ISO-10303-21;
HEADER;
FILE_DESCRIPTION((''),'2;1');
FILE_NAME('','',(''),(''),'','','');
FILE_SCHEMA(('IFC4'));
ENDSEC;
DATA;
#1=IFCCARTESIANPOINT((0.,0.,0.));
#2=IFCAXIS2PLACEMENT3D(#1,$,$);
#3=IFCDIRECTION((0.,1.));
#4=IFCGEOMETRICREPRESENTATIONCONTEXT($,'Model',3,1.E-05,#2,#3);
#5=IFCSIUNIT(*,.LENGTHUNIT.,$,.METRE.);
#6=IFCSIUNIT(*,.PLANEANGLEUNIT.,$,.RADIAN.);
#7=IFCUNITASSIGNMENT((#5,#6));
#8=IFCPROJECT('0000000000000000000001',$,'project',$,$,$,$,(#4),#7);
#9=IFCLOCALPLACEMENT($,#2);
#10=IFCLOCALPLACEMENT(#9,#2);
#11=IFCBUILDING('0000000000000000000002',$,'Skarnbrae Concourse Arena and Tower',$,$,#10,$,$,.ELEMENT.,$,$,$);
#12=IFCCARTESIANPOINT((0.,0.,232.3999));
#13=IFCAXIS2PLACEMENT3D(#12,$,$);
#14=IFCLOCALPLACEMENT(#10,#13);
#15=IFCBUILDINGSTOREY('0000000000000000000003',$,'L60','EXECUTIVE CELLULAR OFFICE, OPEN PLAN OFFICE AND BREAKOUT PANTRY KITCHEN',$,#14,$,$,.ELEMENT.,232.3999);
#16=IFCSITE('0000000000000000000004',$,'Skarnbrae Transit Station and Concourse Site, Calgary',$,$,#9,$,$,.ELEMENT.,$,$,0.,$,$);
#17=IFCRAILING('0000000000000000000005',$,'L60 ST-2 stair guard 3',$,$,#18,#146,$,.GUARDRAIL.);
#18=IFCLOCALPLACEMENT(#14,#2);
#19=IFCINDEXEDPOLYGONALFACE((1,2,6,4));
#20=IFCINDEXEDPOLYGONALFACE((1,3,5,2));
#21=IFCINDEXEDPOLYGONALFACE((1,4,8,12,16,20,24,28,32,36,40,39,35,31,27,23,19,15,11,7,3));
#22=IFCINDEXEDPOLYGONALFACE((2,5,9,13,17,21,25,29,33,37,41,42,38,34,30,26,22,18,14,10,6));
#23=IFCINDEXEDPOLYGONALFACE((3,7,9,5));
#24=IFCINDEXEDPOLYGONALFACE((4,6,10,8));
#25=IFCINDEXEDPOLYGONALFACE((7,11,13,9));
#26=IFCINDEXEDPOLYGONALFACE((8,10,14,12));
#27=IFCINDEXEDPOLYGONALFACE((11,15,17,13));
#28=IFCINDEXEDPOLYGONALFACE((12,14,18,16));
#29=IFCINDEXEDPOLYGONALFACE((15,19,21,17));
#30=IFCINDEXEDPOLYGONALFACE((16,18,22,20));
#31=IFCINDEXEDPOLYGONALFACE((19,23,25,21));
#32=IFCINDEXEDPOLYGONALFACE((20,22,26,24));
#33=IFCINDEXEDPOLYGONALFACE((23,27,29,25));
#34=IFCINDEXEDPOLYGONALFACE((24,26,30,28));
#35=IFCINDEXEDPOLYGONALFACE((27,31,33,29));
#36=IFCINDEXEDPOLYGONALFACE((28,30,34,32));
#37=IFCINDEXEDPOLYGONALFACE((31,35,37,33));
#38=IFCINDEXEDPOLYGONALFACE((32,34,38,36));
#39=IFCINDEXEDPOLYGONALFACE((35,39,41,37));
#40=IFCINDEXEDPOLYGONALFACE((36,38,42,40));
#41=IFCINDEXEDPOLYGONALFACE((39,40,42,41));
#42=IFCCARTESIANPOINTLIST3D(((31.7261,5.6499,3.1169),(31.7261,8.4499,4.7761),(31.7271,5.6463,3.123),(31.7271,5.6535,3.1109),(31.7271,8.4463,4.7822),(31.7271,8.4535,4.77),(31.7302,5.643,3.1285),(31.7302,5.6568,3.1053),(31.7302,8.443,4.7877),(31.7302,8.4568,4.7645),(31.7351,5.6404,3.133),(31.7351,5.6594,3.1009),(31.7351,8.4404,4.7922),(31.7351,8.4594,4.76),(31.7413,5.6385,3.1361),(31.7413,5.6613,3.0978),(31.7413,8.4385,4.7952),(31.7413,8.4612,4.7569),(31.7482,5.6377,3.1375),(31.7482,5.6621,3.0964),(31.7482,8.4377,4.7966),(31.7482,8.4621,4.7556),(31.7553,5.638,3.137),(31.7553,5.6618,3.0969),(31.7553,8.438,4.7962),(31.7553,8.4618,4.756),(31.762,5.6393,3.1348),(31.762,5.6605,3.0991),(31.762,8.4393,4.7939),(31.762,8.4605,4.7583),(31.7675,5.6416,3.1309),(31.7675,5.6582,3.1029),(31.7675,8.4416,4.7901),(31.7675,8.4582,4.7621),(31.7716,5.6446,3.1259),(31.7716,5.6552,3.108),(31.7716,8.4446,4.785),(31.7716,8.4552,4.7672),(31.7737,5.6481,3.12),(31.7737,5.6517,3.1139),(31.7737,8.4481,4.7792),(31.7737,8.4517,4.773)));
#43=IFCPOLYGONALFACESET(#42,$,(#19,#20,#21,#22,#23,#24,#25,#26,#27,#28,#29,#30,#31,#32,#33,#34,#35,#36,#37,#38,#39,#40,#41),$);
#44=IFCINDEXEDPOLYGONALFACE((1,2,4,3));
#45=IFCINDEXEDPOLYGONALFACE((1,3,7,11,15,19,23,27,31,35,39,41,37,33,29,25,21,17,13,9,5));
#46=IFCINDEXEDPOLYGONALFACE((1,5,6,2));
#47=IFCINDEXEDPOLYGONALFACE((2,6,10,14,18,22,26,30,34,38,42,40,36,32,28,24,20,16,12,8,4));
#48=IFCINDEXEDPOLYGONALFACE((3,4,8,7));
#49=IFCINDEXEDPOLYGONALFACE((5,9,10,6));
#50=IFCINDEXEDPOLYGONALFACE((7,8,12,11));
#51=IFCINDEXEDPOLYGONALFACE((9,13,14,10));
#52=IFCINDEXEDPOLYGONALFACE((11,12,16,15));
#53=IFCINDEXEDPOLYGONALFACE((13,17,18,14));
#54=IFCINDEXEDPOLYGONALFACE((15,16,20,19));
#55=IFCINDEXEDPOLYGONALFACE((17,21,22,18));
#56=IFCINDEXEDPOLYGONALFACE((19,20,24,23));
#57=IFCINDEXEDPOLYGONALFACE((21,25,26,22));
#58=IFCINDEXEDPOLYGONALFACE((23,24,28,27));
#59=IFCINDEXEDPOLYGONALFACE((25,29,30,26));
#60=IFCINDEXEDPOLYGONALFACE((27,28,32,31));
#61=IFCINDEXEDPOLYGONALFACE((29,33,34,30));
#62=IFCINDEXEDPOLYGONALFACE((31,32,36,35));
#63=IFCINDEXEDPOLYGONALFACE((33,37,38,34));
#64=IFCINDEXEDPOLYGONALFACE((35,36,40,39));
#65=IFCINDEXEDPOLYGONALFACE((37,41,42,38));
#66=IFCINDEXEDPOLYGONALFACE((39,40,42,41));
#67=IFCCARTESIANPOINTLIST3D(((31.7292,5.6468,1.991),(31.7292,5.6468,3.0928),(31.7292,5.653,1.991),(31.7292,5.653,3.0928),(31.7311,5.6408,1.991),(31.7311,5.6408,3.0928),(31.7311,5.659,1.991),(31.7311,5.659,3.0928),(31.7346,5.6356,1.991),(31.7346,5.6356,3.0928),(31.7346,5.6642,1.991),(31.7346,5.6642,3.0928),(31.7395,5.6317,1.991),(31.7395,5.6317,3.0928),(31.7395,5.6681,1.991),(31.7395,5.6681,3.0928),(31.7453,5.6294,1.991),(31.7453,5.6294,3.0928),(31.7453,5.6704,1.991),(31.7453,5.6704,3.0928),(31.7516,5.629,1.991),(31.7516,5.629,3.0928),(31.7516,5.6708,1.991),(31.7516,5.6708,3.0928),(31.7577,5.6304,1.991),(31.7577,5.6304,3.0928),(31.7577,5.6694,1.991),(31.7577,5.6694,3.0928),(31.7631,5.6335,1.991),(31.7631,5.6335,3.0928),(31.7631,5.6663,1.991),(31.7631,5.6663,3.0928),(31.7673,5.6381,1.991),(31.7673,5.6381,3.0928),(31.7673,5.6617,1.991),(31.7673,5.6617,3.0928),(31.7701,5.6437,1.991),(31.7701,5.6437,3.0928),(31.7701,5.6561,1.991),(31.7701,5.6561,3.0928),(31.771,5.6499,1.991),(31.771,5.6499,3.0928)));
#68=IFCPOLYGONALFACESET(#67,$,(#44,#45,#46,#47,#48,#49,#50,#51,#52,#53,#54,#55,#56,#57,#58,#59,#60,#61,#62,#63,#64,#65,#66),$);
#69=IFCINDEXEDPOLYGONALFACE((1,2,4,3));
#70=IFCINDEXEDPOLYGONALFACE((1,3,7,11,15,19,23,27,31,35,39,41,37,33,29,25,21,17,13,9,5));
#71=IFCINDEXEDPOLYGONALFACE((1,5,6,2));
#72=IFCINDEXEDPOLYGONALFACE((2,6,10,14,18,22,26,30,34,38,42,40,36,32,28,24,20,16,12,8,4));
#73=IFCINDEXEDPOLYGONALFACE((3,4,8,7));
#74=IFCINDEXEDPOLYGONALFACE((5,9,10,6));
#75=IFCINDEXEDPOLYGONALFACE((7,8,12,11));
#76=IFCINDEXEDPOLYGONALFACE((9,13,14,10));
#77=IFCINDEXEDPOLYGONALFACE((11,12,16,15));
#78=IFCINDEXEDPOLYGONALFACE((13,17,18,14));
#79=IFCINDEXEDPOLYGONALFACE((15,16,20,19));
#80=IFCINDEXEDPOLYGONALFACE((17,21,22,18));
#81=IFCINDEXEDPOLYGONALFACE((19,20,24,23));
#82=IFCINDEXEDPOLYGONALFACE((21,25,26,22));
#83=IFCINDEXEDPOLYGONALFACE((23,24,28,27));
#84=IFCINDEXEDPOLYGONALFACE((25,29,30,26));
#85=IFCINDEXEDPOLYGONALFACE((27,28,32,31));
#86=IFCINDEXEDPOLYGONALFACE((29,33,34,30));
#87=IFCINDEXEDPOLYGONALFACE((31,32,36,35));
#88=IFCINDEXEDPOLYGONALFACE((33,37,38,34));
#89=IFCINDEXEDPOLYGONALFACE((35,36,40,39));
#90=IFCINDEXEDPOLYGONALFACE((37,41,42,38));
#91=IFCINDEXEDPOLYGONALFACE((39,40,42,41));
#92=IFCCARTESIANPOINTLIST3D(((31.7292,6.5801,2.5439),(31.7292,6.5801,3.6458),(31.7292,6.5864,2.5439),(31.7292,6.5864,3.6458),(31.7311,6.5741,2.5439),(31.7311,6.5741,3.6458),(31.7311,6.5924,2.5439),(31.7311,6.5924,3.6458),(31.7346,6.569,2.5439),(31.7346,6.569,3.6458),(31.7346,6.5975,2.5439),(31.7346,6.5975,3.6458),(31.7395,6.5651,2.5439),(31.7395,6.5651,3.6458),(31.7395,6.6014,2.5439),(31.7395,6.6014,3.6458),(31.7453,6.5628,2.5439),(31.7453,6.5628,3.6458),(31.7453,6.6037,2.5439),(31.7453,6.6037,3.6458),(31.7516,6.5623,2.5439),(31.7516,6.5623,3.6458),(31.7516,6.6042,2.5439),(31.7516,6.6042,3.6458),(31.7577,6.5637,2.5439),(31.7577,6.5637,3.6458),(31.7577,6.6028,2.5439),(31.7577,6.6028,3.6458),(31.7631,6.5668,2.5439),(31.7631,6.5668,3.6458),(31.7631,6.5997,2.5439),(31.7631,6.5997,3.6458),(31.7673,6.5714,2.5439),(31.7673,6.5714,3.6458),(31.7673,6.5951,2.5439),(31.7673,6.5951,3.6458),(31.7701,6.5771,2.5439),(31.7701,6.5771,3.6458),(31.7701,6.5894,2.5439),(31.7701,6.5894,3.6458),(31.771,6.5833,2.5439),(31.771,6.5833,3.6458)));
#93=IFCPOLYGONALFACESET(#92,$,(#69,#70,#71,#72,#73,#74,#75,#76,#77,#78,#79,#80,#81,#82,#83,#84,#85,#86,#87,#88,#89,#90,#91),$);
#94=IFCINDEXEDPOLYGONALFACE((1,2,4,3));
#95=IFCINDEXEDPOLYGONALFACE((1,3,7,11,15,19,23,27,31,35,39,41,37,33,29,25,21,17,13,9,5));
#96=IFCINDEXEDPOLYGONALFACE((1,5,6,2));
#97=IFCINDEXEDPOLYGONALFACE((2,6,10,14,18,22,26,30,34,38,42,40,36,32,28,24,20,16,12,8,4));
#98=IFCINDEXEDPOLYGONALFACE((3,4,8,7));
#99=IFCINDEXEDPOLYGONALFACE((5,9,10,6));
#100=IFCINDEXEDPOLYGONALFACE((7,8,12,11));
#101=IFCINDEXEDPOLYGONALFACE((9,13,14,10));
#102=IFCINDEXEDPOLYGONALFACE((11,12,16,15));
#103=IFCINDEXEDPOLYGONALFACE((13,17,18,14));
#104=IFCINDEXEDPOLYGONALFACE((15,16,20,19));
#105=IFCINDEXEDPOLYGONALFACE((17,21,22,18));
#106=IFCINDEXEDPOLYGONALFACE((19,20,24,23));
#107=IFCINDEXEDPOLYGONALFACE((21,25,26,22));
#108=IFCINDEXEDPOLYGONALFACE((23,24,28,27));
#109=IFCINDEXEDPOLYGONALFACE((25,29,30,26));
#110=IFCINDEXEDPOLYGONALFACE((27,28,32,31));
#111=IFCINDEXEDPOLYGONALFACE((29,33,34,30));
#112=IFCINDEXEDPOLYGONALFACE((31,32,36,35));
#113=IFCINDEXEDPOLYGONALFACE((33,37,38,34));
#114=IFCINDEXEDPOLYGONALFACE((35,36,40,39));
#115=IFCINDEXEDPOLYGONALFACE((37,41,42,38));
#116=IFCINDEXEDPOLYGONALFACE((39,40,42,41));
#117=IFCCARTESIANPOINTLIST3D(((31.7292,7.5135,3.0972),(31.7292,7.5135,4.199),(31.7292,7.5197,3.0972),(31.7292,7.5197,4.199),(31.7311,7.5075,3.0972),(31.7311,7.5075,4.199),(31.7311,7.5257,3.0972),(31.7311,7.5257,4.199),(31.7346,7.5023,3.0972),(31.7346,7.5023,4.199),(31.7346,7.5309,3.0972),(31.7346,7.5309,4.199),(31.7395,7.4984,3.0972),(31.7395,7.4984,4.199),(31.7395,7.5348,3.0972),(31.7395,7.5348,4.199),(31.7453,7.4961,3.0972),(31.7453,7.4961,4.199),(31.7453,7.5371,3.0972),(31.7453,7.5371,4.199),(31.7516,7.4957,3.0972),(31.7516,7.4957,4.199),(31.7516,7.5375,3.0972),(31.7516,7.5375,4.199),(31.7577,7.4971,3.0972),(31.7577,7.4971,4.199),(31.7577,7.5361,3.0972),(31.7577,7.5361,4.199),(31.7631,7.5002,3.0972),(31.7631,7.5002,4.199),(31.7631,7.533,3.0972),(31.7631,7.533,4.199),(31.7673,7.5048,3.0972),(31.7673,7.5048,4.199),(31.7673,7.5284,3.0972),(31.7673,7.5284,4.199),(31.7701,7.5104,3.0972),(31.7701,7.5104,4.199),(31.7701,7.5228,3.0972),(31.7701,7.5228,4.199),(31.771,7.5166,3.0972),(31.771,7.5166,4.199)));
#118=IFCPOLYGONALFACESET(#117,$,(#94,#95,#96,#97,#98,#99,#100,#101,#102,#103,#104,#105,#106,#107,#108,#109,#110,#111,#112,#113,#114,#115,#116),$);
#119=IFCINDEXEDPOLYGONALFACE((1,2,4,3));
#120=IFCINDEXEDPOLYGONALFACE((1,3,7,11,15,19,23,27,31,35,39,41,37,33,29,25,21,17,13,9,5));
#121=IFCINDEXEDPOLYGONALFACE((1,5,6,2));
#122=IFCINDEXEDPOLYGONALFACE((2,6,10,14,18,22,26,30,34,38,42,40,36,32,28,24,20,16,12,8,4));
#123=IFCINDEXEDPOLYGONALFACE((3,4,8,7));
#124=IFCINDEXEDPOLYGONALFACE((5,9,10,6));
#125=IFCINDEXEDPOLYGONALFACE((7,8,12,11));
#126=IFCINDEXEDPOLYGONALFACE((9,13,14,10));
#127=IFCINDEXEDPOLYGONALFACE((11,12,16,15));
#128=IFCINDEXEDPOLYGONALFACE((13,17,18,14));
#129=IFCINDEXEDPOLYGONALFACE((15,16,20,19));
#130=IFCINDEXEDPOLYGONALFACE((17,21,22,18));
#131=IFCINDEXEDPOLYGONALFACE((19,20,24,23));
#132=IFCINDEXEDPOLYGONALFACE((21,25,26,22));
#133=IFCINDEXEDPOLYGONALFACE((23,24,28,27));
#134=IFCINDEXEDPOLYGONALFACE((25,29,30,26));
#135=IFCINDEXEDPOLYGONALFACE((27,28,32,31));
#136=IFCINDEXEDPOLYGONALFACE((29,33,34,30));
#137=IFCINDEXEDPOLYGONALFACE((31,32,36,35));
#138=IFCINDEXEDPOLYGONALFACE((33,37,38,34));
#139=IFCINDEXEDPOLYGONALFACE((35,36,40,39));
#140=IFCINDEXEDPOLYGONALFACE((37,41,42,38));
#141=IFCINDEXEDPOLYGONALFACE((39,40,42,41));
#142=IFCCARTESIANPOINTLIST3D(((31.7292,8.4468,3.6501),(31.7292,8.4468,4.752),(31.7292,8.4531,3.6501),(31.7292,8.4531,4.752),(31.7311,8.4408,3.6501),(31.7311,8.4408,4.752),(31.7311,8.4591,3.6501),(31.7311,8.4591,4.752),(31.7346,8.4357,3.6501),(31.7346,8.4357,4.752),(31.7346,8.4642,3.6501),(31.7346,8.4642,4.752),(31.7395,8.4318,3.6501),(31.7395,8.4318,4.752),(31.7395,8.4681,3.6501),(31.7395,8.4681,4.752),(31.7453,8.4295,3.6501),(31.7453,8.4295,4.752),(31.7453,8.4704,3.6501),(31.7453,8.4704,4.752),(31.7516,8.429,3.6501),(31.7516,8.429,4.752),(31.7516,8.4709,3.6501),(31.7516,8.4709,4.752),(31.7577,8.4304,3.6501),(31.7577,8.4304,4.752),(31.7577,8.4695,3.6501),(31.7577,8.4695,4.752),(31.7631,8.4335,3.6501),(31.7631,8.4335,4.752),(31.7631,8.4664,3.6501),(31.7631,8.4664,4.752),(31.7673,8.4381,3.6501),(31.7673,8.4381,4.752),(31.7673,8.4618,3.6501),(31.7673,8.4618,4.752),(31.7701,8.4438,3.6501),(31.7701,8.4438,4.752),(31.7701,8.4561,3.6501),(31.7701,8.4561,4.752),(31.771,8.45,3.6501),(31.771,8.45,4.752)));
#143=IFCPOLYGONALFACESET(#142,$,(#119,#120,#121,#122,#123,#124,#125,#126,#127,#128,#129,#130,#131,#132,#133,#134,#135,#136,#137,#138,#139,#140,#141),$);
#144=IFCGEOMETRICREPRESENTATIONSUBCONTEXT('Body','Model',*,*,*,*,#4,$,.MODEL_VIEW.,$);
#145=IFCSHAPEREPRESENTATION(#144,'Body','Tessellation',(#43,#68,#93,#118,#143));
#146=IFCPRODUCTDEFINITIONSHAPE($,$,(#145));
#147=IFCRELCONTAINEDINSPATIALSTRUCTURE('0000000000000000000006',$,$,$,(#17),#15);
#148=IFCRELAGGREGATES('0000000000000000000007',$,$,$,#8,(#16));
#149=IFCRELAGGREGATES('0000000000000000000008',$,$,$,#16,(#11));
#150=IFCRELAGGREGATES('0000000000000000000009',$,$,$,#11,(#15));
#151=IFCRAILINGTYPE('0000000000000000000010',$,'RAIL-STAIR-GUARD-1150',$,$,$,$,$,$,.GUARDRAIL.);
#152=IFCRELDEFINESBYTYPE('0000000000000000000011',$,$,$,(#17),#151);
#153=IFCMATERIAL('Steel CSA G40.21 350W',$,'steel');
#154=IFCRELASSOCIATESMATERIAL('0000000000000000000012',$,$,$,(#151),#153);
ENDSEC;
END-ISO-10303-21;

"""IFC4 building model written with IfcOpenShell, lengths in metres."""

from ifc_helpers import new_model, si_unit, direction, frame, origin, origin_2d, place, context, subcontext, project, spatial, circle, extrude, material, type_object, element, save


model = new_model("IFC4")

# Units and contexts
model_context = context("Model", 3, precision=1e-05, world=origin(), true_north=direction((0.0, 1.0)))
body_context = subcontext(model_context, "Body", "Model", "MODEL_VIEW")
ifc_project = project(units=[si_unit("LENGTHUNIT", "METRE"), si_unit("PLANEANGLEUNIT", "RADIAN")], contexts=[model_context])

# Site, building, storey
site_placement = place(None, origin())
site = spatial("IfcSite", under=ifc_project, at=site_placement, Name="Skarnbrae Transit Station and Concourse Site, Calgary", CompositionType="ELEMENT", RefElevation=0.0)
building_placement = place(site_placement, origin())
building = spatial("IfcBuilding", under=site, at=building_placement, Name="Skarnbrae Concourse Arena and Tower", CompositionType="ELEMENT")
storey_placement = place(building_placement, frame((0.0, 0.0, 232.3999)))
storey = spatial("IfcBuildingStorey", under=building, at=storey_placement, Name="L60", Description="EXECUTIVE CELLULAR OFFICE, OPEN PLAN OFFICE AND BREAKOUT PANTRY KITCHEN", CompositionType="ELEMENT", Elevation=232.3999)

# Shared definitions
ifc_material_1 = material(Name="Steel CSA G40.21 350W", Category="steel")

# Railing
railing_type_1 = type_object("IfcRailingType", Name="RAIL-STAIR-GUARD-1150", PredefinedType="GUARDRAIL", material=ifc_material_1)
railing_1_placement = place(storey_placement, frame((31.75, 5.6499, 1.991)))
element("IfcRailing", 1, at=railing_1_placement, inside=storey, type_object=railing_type_1, Name="L60 ST-2 stair guard 3", PredefinedType="GUARDRAIL", context=body_context, shape_type="SweptSolid", body=[
    extrude(circle(Radius=0.0239, at=origin_2d()), frame((0.0, 0.0, 1.126), z_axis=(0.0, 0.860306, 0.509778), x_axis=(-1.0, 0.0, 0.0)), (0.0, 0.0, 1.0), 3.2546),
    extrude(circle(Radius=0.021, at=origin_2d()), origin(), (0.0, 0.0, 1.0), 1.1018),
    extrude(circle(Radius=0.021, at=origin_2d()), frame((0.0, 0.9333, 0.553)), (0.0, 0.0, 1.0), 1.1018),
    extrude(circle(Radius=0.021, at=origin_2d()), frame((0.0, 1.8667, 1.1062)), (0.0, 0.0, 1.0), 1.1018),
    extrude(circle(Radius=0.021, at=origin_2d()), frame((0.0, 2.8, 1.6592)), (0.0, 0.0, 1.0), 1.1018),
])

save(model, "model.ifc")
